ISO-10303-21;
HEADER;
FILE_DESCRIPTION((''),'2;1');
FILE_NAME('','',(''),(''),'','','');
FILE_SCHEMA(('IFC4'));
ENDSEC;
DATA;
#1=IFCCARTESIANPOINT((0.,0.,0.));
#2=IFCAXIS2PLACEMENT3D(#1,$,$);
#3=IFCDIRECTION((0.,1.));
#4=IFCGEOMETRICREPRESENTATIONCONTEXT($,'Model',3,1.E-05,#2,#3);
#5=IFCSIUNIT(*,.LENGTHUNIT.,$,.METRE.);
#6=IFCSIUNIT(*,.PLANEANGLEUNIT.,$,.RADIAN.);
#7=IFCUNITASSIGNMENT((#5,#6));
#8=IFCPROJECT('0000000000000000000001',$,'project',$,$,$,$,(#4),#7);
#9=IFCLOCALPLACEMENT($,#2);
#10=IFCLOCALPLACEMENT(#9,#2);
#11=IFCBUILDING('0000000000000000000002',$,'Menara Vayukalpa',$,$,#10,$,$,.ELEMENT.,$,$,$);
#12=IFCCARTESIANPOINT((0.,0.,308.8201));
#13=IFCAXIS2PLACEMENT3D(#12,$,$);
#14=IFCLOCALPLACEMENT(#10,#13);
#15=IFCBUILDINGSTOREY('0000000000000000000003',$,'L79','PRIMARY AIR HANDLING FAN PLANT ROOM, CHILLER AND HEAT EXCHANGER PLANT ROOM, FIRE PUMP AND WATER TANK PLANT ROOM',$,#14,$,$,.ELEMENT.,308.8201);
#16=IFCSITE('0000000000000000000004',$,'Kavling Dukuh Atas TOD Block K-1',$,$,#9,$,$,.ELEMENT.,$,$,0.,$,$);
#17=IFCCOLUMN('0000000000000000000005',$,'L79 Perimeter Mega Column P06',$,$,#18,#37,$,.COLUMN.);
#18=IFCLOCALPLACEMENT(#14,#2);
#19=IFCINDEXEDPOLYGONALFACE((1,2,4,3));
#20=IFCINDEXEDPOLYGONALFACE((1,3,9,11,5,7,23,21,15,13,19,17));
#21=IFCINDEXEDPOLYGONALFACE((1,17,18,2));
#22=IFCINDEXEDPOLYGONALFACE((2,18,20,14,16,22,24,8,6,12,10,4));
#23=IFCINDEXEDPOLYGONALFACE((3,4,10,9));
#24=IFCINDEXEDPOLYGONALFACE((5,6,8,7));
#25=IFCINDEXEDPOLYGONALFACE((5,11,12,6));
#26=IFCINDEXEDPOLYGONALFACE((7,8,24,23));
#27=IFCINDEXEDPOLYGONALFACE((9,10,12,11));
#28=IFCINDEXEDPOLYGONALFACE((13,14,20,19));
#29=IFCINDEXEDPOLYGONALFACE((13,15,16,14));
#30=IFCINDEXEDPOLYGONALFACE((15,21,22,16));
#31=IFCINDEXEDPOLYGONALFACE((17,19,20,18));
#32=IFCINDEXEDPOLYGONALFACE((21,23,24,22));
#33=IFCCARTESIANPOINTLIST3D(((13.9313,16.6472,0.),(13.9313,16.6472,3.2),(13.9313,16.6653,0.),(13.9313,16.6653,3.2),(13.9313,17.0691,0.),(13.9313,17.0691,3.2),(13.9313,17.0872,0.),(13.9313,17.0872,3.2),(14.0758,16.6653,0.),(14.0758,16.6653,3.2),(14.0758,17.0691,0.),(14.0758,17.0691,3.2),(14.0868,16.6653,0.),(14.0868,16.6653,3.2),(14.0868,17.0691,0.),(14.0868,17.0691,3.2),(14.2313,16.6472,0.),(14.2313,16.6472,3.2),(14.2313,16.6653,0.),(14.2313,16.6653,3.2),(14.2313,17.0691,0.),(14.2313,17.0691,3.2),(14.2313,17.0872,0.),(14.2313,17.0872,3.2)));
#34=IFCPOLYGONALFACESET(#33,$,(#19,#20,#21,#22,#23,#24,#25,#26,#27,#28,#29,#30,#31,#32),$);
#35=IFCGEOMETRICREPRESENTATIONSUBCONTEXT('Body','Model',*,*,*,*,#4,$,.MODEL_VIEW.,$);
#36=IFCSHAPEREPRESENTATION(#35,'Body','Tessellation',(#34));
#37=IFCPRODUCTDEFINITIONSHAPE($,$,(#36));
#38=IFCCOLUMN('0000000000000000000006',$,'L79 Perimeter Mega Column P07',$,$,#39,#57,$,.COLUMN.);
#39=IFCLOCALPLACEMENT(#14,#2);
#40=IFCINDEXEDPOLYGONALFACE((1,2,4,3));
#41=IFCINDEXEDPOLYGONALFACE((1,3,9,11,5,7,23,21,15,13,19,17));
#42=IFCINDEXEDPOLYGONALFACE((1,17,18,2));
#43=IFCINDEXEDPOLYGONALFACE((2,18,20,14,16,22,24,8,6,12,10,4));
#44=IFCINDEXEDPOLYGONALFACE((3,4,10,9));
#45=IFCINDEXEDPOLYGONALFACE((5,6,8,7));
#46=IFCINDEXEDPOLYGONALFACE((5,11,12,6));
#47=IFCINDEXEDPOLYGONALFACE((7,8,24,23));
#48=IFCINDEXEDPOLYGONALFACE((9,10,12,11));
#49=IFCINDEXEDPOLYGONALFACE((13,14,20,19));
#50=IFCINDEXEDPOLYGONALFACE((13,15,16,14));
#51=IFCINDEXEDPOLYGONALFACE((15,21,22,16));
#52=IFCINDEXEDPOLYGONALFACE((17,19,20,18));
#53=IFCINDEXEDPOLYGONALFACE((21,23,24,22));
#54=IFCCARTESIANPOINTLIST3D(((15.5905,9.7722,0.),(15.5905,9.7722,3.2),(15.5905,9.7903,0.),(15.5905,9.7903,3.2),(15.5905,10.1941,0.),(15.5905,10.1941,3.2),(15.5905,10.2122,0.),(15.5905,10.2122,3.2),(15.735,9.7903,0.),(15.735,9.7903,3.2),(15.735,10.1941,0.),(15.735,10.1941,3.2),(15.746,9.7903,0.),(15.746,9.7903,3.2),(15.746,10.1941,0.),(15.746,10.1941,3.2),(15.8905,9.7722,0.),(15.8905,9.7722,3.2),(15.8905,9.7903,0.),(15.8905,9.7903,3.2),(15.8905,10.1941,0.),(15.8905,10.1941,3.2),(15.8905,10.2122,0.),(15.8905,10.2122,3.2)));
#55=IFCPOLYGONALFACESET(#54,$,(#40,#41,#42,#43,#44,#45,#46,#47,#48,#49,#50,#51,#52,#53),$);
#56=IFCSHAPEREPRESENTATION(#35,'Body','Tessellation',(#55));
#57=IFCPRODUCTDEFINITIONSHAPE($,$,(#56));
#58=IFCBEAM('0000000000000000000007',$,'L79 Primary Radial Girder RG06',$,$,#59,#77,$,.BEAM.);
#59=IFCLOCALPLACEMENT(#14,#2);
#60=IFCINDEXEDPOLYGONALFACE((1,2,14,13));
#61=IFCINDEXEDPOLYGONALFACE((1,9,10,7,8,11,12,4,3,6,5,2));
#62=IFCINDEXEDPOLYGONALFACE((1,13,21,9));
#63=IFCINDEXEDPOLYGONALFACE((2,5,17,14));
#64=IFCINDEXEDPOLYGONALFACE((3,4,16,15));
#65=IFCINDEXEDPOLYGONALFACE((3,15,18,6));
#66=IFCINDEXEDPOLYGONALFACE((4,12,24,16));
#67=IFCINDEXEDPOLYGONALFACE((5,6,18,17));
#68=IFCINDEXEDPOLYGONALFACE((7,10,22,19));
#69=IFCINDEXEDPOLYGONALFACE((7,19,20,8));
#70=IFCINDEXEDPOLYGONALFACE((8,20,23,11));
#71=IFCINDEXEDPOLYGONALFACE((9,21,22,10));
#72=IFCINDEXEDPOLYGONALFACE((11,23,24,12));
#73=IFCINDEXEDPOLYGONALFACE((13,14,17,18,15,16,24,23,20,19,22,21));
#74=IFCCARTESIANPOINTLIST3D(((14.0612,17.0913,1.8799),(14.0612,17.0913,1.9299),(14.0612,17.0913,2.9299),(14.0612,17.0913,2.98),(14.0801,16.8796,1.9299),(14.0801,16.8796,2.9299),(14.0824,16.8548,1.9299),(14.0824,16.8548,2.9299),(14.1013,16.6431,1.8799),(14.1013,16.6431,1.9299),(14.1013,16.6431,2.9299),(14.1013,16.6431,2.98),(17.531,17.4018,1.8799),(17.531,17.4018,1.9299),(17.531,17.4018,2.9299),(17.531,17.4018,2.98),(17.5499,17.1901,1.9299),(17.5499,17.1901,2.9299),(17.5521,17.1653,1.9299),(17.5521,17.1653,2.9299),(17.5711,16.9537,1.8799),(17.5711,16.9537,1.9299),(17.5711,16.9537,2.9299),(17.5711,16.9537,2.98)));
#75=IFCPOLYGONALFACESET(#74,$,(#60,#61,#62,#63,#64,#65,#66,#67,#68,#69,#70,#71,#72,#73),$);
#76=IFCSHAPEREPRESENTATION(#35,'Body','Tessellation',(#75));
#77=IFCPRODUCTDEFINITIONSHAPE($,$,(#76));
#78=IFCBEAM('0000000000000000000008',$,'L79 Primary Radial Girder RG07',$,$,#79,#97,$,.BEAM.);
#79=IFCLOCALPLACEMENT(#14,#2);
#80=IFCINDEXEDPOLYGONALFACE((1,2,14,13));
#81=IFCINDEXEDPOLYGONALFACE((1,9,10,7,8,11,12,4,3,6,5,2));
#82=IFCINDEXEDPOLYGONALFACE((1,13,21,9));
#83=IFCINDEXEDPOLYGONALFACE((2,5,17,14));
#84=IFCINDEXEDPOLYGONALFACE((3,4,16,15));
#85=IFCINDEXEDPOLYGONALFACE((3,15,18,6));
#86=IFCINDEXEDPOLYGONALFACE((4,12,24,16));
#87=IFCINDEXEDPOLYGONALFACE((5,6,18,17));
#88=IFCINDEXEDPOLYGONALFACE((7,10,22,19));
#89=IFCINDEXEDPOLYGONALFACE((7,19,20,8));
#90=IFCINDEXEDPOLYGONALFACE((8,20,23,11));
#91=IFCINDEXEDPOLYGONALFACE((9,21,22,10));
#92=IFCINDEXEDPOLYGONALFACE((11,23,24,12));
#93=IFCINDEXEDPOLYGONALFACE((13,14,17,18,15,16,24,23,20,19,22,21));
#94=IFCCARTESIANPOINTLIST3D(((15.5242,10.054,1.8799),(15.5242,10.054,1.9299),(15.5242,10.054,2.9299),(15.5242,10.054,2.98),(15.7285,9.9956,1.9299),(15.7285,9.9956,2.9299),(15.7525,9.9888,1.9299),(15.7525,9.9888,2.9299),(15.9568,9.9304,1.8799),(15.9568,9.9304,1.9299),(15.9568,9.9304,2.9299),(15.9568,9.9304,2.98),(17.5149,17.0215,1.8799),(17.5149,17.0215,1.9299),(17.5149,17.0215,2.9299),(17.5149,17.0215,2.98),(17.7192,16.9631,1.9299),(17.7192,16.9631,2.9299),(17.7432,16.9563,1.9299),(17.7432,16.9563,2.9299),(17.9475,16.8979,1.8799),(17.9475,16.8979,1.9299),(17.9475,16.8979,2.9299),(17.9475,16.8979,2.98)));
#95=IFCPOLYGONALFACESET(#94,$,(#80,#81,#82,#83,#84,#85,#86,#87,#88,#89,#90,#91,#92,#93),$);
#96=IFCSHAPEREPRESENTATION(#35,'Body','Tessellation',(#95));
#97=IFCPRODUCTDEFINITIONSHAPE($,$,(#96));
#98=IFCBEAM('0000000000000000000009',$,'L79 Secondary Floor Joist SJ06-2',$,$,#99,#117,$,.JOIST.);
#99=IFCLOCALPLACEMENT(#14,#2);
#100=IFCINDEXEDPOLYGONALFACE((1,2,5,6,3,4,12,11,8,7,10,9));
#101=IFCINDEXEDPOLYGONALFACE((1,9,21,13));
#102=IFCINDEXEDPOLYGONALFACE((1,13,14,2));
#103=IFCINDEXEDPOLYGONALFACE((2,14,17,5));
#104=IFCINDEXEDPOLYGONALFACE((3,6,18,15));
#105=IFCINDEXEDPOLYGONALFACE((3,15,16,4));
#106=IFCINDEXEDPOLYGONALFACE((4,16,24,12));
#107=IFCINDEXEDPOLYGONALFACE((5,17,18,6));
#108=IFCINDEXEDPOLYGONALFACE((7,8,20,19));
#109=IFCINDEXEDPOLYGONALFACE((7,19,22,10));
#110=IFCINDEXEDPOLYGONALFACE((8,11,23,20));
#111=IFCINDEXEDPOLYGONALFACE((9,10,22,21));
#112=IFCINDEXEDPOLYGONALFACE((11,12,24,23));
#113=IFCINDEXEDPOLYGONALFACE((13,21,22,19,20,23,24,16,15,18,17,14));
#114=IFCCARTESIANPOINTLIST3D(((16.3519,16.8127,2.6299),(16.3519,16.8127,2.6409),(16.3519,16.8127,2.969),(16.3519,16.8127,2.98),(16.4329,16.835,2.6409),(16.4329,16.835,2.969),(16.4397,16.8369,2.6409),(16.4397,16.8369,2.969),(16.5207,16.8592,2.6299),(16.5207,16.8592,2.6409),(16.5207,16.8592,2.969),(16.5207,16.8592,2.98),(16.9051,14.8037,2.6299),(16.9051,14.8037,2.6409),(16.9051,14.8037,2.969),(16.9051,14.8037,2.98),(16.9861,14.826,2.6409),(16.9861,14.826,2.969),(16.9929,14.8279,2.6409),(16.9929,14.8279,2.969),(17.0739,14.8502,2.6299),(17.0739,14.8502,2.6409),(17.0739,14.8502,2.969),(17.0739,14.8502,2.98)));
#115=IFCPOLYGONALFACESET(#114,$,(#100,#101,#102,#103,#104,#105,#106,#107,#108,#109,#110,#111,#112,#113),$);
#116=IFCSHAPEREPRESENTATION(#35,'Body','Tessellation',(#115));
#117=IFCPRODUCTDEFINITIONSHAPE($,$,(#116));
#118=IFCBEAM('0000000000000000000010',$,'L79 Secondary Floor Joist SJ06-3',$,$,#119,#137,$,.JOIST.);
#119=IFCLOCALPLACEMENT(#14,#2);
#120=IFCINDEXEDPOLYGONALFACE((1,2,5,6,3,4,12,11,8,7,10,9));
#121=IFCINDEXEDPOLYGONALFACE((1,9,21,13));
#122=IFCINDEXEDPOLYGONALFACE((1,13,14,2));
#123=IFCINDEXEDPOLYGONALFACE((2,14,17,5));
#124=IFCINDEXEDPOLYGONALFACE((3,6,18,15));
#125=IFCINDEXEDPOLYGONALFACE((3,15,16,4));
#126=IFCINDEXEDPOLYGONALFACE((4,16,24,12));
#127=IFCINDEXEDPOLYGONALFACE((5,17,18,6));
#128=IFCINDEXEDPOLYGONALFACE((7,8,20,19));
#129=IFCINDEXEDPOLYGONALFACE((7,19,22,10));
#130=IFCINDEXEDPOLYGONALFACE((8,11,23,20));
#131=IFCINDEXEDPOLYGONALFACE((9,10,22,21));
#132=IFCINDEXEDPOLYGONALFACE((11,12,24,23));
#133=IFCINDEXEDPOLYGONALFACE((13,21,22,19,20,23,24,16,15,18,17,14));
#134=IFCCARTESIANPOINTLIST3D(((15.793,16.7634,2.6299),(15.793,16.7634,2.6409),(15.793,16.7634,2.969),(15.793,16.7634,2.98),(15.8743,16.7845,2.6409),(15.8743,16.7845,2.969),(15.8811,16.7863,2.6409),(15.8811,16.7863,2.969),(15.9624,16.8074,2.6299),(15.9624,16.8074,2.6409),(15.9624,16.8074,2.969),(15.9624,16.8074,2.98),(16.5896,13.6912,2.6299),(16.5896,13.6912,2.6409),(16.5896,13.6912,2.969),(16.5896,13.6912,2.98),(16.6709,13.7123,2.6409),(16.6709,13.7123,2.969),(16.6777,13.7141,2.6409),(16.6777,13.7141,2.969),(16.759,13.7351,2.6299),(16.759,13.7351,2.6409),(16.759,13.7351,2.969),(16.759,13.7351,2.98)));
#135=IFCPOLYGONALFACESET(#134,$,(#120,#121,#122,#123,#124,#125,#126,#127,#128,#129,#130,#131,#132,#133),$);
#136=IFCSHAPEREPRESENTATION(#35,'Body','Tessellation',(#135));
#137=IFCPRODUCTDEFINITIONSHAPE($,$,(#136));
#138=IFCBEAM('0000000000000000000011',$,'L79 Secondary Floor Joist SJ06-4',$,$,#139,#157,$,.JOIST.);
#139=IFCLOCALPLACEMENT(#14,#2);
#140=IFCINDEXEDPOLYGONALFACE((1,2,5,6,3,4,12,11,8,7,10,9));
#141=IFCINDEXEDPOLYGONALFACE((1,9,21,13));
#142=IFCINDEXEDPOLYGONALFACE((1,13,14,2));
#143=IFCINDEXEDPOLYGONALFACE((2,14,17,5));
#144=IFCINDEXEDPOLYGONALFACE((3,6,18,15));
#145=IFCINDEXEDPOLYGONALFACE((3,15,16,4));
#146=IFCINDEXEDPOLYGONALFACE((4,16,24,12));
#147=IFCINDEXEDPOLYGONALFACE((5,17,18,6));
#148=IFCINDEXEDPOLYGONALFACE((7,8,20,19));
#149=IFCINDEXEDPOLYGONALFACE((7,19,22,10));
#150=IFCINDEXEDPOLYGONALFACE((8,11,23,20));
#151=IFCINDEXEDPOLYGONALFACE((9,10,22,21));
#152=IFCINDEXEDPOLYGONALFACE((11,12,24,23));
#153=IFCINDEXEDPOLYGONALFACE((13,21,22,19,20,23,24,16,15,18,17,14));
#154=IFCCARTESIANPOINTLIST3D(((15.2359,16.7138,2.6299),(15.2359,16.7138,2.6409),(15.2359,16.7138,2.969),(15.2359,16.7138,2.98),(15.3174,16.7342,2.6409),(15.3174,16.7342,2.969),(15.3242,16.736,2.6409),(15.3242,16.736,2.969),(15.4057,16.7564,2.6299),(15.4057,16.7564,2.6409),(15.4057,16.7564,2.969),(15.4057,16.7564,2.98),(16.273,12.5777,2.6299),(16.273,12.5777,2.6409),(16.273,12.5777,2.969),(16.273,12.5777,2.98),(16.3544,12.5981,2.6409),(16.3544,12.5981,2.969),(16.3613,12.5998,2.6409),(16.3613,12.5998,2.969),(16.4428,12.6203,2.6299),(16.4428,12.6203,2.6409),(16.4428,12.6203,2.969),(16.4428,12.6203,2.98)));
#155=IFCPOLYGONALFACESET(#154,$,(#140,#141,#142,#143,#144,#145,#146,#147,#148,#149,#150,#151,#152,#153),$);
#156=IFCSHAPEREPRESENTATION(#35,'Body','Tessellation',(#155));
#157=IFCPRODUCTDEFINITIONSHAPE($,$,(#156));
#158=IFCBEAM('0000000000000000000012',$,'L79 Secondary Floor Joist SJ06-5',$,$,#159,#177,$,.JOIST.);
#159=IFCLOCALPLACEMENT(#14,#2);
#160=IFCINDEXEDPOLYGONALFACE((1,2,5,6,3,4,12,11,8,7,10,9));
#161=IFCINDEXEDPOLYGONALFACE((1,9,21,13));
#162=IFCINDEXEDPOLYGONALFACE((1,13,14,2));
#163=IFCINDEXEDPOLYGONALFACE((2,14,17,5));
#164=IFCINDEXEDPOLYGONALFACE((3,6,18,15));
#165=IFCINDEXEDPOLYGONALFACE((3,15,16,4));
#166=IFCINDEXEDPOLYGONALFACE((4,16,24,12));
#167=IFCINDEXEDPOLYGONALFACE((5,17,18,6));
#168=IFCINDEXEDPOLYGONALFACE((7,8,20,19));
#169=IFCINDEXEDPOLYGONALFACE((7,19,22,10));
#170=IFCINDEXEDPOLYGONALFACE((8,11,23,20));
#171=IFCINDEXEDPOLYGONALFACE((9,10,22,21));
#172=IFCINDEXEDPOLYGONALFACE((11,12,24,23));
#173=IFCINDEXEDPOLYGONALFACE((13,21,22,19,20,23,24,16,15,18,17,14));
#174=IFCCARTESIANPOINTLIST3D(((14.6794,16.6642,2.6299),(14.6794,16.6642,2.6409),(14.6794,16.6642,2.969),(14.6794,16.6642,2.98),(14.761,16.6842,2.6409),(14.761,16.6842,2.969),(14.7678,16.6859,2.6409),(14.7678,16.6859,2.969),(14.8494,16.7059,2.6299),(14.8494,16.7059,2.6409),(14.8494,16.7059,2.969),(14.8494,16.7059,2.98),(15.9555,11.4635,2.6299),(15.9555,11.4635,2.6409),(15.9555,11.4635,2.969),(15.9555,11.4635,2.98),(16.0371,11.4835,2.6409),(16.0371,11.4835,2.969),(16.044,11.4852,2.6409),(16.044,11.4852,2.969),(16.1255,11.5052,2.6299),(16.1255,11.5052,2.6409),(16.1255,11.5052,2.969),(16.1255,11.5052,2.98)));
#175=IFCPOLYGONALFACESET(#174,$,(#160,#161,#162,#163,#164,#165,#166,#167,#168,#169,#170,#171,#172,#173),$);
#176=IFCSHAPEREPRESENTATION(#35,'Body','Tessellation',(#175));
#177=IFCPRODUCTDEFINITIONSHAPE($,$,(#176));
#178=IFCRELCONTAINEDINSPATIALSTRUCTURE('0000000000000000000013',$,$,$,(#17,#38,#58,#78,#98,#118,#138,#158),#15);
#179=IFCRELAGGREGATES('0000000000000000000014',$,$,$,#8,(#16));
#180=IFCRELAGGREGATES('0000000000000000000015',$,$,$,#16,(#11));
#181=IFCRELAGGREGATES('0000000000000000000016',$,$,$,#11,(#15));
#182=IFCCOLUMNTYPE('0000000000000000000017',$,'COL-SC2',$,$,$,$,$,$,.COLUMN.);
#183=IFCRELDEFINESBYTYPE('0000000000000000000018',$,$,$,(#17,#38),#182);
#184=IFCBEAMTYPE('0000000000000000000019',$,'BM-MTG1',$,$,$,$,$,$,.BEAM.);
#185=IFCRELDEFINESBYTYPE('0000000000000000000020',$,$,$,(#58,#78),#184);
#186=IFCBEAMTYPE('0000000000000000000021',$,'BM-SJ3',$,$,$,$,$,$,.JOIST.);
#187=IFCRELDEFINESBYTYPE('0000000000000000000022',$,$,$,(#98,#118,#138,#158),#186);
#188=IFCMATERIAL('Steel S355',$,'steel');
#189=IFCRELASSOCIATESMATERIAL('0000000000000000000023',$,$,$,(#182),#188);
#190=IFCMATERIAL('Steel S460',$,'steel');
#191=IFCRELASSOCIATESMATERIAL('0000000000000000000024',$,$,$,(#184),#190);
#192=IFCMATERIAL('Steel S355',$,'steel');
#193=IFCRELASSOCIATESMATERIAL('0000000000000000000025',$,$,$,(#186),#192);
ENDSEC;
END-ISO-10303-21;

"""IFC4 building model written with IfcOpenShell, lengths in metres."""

from ifc_helpers import new_model, si_unit, direction, frame, origin, origin_2d, place, context, subcontext, project, spatial, i_section, extrude, material, material_profile, profile_set, type_object, element, save


model = new_model("IFC4")

# Units and contexts
model_context = context("Model", 3, precision=1e-05, world=origin(), true_north=direction((0.0, 1.0)))
body_context = subcontext(model_context, "Body", "Model", "MODEL_VIEW")
ifc_project = project(units=[si_unit("LENGTHUNIT", "METRE"), si_unit("PLANEANGLEUNIT", "RADIAN")], contexts=[model_context])

# Site, building, storey
site_placement = place(None, origin())
site = spatial("IfcSite", under=ifc_project, at=site_placement, Name="Kavling Dukuh Atas TOD Block K-1", CompositionType="ELEMENT", RefElevation=0.0)
building_placement = place(site_placement, origin())
building = spatial("IfcBuilding", under=site, at=building_placement, Name="Menara Vayukalpa", CompositionType="ELEMENT")
storey_placement = place(building_placement, frame((0.0, 0.0, 308.8201)))
storey = spatial("IfcBuildingStorey", under=building, at=storey_placement, Name="L79", Description="PRIMARY AIR HANDLING FAN PLANT ROOM, CHILLER AND HEAT EXCHANGER PLANT ROOM, FIRE PUMP AND WATER TANK PLANT ROOM", CompositionType="ELEMENT", Elevation=308.8201)

# Columns
ifc_material_1 = material(Name="Steel S355", Category="steel")
ifc_material_profile_1 = material_profile(ifc_material_1, i_section(OverallWidth=0.3, OverallDepth=0.4399, WebThickness=0.011, FlangeThickness=0.0181, at=origin_2d()), Name="H 440x300x11x18")
ifc_profile_set_1 = profile_set([ifc_material_profile_1], Name="Steel S355")
column_type = type_object("IfcColumnType", Name="COL-SC2", PredefinedType="COLUMN", material=ifc_profile_set_1)
for number, where, z_axis, x_axis, name in (
    (1, (14.0813, 16.8672, 0.0), (0.0, 0.0, 1.0), (1.0, 0.0, 0.0), "L79 Perimeter Mega Column P06"),
    (2, (15.7405, 9.9922, 0.0), (0.0, 0.0, 1.0), (1.0, 0.0, 0.0), "L79 Perimeter Mega Column P07"),
):
    element("IfcColumn", number, at=place(storey_placement, frame(where, z_axis=z_axis, x_axis=x_axis)), inside=storey, type_object=column_type, Name=name, PredefinedType="COLUMN", context=body_context, shape_type="SweptSolid", body=[
        extrude(i_section(OverallWidth=0.3, OverallDepth=0.4399, WebThickness=0.011, FlangeThickness=0.0181, at=origin_2d()), origin(), (0.0, 0.0, 1.0), 3.2),
    ])

# Beams
ifc_material_2 = material(Name="Steel S460", Category="steel")
ifc_material_profile_2 = material_profile(ifc_material_2, i_section(OverallWidth=0.45, OverallDepth=1.1001, WebThickness=0.0249, FlangeThickness=0.05, at=origin_2d()), Name="WG 1100x450x25x50")
ifc_profile_set_2 = profile_set([ifc_material_profile_2], Name="Steel S460")
beam_type_1 = type_object("IfcBeamType", Name="BM-MTG1", PredefinedType="BEAM", material=ifc_profile_set_2)
beam_1_placement = place(storey_placement, frame((17.551, 17.1777, 2.4299), z_axis=(-0.996019, -0.089145, 0.0), x_axis=(0.089145, -0.996019, 0.0)))
element("IfcBeam", 3, at=beam_1_placement, inside=storey, type_object=beam_type_1, Name="L79 Primary Radial Girder RG06", PredefinedType="BEAM", context=body_context, shape_type="SweptSolid", body=[
    extrude(i_section(OverallWidth=0.45, OverallDepth=1.1001, WebThickness=0.0249, FlangeThickness=0.05, at=origin_2d()), origin(), (0.0, 0.0, 1.0), 3.4836),
])
beam_2_placement = place(storey_placement, frame((17.7312, 16.9597, 2.4299), z_axis=(-0.274721, -0.961524, 0.0), x_axis=(0.961524, -0.274721, 0.0)))
element("IfcBeam", 4, at=beam_2_placement, inside=storey, type_object=beam_type_1, Name="L79 Primary Radial Girder RG07", PredefinedType="BEAM", context=body_context, shape_type="SweptSolid", body=[
    extrude(i_section(OverallWidth=0.45, OverallDepth=1.1001, WebThickness=0.0249, FlangeThickness=0.05, at=origin_2d()), origin(), (0.0, 0.0, 1.0), 7.2463),
])
ifc_material_3 = material(Name="Steel S355", Category="steel")
ifc_material_profile_3 = material_profile(ifc_material_3, i_section(OverallWidth=0.175, OverallDepth=0.3501, WebThickness=0.0071, FlangeThickness=0.011, at=origin_2d()), Name="WF 350x175x7x11")
ifc_profile_set_3 = profile_set([ifc_material_profile_3], Name="Steel S355")
beam_type_2 = type_object("IfcBeamType", Name="BM-SJ3", PredefinedType="JOIST", material=ifc_profile_set_3)
beam_3_placement = place(storey_placement, frame((16.4363, 16.8359, 2.8049), z_axis=(0.265486, -0.964115, 0.0), x_axis=(0.964115, 0.265486, 0.0)))
element("IfcBeam", 5, at=beam_3_placement, inside=storey, type_object=beam_type_2, Name="L79 Secondary Floor Joist SJ06-2", PredefinedType="JOIST", context=body_context, shape_type="SweptSolid", body=[
    extrude(i_section(OverallWidth=0.175, OverallDepth=0.3501, WebThickness=0.0071, FlangeThickness=0.011, at=origin_2d()), origin(), (0.0, 0.0, 1.0), 2.0837),
])
beam_4_placement = place(storey_placement, frame((15.8777, 16.7854, 2.8049), z_axis=(0.250997, -0.967988, 0.0), x_axis=(0.967988, 0.250997, 0.0)))
element("IfcBeam", 6, at=beam_4_placement, inside=storey, type_object=beam_type_2, Name="L79 Secondary Floor Joist SJ06-3", PredefinedType="JOIST", context=body_context, shape_type="SweptSolid", body=[
    extrude(i_section(OverallWidth=0.175, OverallDepth=0.3501, WebThickness=0.0071, FlangeThickness=0.011, at=origin_2d()), origin(), (0.0, 0.0, 1.0), 3.1738),
])
beam_5_placement = place(storey_placement, frame((15.3208, 16.7351, 2.8049), z_axis=(0.243209, -0.969974, 0.0), x_axis=(0.969974, 0.243209, 0.0)))
element("IfcBeam", 7, at=beam_5_placement, inside=storey, type_object=beam_type_2, Name="L79 Secondary Floor Joist SJ06-4", PredefinedType="JOIST", context=body_context, shape_type="SweptSolid", body=[
    extrude(i_section(OverallWidth=0.175, OverallDepth=0.3501, WebThickness=0.0071, FlangeThickness=0.011, at=origin_2d()), origin(), (0.0, 0.0, 1.0), 4.2642),
])
beam_6_placement = place(storey_placement, frame((14.7644, 16.6851, 2.8049), z_axis=(0.238307, -0.97119, 0.0), x_axis=(0.97119, 0.238307, 0.0)))
element("IfcBeam", 8, at=beam_6_placement, inside=storey, type_object=beam_type_2, Name="L79 Secondary Floor Joist SJ06-5", PredefinedType="JOIST", context=body_context, shape_type="SweptSolid", body=[
    extrude(i_section(OverallWidth=0.175, OverallDepth=0.3501, WebThickness=0.0071, FlangeThickness=0.011, at=origin_2d()), origin(), (0.0, 0.0, 1.0), 5.355),
])

save(model, "model.ifc")
